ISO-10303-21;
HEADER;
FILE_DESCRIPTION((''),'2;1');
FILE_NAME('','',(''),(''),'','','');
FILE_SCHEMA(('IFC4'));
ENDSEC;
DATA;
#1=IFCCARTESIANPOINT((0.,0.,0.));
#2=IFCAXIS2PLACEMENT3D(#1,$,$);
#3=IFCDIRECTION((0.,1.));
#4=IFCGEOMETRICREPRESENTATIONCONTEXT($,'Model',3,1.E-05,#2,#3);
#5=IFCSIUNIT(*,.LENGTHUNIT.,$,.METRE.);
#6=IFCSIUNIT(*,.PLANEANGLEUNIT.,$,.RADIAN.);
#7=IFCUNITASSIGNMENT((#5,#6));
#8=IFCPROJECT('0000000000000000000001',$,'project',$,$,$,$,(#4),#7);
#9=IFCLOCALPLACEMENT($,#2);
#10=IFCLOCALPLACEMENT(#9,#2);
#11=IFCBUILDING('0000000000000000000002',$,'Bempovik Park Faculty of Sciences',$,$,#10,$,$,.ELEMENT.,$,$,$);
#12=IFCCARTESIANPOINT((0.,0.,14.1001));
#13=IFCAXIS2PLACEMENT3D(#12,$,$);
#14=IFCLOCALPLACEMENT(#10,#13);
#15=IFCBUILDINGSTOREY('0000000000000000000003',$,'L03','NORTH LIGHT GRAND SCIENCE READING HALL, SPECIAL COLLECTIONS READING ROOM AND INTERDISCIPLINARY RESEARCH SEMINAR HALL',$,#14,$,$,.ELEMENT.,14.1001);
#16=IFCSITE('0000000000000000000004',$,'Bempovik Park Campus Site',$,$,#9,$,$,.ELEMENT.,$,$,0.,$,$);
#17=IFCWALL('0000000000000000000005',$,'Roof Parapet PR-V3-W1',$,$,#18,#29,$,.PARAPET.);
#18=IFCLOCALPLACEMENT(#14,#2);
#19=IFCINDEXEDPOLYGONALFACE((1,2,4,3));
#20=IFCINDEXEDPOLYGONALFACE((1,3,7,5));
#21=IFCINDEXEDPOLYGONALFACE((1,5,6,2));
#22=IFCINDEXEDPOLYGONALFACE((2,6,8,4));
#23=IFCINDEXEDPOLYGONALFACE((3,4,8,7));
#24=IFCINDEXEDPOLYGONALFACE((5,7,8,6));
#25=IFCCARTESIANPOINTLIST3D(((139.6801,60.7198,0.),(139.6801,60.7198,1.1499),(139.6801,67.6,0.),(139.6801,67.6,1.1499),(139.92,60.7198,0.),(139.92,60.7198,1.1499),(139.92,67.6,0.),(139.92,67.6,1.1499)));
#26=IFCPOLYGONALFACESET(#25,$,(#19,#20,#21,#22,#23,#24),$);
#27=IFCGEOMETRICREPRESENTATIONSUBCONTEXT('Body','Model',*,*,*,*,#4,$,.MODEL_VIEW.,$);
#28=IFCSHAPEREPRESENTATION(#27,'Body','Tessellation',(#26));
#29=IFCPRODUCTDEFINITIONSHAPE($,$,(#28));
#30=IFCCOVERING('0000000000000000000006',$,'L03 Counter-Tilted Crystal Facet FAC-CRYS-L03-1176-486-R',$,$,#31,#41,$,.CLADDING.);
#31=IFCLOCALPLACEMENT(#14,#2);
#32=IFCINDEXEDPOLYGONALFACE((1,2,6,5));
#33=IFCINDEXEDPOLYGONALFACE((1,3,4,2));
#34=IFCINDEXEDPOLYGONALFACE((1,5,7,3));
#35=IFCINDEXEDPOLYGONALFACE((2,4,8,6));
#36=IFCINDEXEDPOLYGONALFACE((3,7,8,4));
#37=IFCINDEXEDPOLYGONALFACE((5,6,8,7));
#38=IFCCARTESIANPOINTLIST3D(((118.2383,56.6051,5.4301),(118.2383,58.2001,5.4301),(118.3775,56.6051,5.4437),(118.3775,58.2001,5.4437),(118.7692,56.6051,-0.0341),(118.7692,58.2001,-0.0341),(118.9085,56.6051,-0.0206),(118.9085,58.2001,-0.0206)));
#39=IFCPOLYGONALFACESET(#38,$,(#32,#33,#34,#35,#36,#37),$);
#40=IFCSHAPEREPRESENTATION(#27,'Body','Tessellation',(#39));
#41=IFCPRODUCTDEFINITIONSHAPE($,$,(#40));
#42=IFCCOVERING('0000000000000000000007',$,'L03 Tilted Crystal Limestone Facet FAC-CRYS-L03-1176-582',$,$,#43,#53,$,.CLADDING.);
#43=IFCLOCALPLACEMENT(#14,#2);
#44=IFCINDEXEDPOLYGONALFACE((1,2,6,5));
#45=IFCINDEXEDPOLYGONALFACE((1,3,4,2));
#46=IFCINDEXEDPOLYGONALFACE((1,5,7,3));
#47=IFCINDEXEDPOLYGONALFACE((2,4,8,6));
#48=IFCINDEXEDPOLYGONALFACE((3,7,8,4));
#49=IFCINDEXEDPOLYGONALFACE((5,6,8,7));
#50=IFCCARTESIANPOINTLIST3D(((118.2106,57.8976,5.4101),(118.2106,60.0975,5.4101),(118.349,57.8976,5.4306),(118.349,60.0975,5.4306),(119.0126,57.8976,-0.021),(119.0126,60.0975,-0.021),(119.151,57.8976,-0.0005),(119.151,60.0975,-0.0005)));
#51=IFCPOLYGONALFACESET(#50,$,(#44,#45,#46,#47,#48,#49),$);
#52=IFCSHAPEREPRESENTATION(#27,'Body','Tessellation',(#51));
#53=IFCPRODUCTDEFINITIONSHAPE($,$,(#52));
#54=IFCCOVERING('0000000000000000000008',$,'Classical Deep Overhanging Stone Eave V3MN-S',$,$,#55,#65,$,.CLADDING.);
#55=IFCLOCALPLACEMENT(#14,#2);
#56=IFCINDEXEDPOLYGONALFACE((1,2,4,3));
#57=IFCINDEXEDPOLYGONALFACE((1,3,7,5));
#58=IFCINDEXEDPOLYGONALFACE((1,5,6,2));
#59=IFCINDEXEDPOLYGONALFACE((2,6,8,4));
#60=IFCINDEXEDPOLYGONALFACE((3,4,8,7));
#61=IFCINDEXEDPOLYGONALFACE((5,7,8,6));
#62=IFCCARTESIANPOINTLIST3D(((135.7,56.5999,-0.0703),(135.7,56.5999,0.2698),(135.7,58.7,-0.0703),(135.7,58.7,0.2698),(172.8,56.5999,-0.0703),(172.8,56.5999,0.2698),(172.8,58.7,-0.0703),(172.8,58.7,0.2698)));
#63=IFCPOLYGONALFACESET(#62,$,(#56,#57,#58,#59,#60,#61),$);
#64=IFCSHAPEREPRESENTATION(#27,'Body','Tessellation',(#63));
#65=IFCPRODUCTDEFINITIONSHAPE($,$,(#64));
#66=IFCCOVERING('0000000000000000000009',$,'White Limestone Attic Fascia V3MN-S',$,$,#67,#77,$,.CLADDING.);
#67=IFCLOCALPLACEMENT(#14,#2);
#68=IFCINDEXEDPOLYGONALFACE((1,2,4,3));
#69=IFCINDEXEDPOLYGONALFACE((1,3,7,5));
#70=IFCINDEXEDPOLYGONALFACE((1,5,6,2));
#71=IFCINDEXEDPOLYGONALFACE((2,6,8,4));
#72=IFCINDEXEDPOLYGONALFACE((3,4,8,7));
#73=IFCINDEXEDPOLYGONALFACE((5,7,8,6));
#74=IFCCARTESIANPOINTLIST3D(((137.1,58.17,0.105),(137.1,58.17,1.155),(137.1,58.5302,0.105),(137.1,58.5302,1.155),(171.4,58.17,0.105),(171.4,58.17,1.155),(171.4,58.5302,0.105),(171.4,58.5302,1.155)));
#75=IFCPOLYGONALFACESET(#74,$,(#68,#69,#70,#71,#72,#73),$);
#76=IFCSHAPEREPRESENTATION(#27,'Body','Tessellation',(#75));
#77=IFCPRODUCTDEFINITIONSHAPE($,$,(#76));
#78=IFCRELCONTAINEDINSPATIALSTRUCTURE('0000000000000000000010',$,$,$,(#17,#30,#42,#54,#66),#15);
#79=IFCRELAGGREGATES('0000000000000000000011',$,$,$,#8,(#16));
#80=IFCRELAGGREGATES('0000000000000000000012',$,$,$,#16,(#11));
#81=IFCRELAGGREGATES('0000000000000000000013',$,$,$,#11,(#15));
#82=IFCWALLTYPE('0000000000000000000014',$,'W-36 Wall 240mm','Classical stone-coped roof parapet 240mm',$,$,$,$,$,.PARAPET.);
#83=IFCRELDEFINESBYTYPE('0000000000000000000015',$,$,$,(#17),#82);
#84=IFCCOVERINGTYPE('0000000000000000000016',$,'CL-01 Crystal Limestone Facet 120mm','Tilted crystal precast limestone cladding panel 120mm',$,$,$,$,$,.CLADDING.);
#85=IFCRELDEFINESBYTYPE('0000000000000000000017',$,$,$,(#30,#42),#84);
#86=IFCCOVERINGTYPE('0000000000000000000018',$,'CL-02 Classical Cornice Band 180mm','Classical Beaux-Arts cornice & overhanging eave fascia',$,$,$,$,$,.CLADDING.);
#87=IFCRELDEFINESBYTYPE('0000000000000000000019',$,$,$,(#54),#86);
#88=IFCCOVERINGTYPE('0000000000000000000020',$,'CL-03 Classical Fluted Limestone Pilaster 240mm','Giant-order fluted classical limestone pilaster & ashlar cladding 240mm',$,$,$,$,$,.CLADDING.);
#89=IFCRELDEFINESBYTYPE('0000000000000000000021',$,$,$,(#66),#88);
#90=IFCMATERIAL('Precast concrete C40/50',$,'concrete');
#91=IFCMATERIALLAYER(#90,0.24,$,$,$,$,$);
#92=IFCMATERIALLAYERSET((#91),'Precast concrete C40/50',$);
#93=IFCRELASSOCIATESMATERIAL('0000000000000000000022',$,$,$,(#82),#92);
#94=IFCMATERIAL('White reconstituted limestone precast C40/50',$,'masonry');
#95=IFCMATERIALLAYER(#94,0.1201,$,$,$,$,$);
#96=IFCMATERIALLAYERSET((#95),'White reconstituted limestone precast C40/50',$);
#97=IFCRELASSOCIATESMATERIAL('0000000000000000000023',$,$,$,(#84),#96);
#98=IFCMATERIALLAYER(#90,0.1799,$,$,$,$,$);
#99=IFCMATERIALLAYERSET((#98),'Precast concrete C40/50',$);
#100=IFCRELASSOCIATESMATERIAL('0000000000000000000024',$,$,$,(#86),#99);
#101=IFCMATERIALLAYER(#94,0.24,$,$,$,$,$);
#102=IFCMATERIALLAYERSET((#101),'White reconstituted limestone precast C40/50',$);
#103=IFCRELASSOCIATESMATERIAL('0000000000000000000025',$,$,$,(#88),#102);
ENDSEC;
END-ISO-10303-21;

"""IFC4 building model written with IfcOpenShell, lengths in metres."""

from ifc_helpers import new_model, si_unit, direction, frame, frame_2d, origin, origin_2d, place, context, subcontext, project, spatial, rectangle, extrude, material, layer, layer_set, type_object, element, save


model = new_model("IFC4")

# Units and contexts
model_context = context("Model", 3, precision=1e-05, world=origin(), true_north=direction((0.0, 1.0)))
body_context = subcontext(model_context, "Body", "Model", "MODEL_VIEW")
ifc_project = project(units=[si_unit("LENGTHUNIT", "METRE"), si_unit("PLANEANGLEUNIT", "RADIAN")], contexts=[model_context])

# Site, building, storey
site_placement = place(None, origin())
site = spatial("IfcSite", under=ifc_project, at=site_placement, Name="Bempovik Park Campus Site", CompositionType="ELEMENT", RefElevation=0.0)
building_placement = place(site_placement, origin())
building = spatial("IfcBuilding", under=site, at=building_placement, Name="Bempovik Park Faculty of Sciences", CompositionType="ELEMENT")
storey_placement = place(building_placement, frame((0.0, 0.0, 14.1001)))
storey = spatial("IfcBuildingStorey", under=building, at=storey_placement, Name="L03", Description="NORTH LIGHT GRAND SCIENCE READING HALL, SPECIAL COLLECTIONS READING ROOM AND INTERDISCIPLINARY RESEARCH SEMINAR HALL", CompositionType="ELEMENT", Elevation=14.1001)

# Wall
ifc_material_1 = material(Name="Precast concrete C40/50", Category="concrete")
ifc_layer_1 = layer(ifc_material_1, 0.24)
ifc_layer_set_1 = layer_set([ifc_layer_1], Name="Precast concrete C40/50")
wall_type = type_object("IfcWallType", Name="W-36 Wall 240mm", Description="Classical stone-coped roof parapet 240mm", PredefinedType="PARAPET", material=ifc_layer_set_1)
wall_1_placement = place(storey_placement, frame((139.8, 60.72, 0.0), z_axis=(0.0, 0.0, 1.0), x_axis=(0.0, 1.0, 0.0)))
element("IfcWall", 1, at=wall_1_placement, inside=storey, type_object=wall_type, Name="Roof Parapet PR-V3-W1", PredefinedType="PARAPET", context=body_context, shape_type="SweptSolid", body=[
    extrude(rectangle(XDim=6.8801, YDim=0.24, at=frame_2d((3.4399, 0.0))), origin(), (0.0, 0.0, 1.0), 1.1499),
])

# Coverings
ifc_material_2 = material(Name="White reconstituted limestone precast C40/50", Category="masonry")
ifc_layer_2 = layer(ifc_material_2, 0.1201)
ifc_layer_set_2 = layer_set([ifc_layer_2], Name="White reconstituted limestone precast C40/50")
covering_type_1 = type_object("IfcCoveringType", Name="CL-01 Crystal Limestone Facet 120mm", Description="Tilted crystal precast limestone cladding panel 120mm", PredefinedType="CLADDING", material=ifc_layer_set_2)
covering_1_placement = place(storey_placement, frame((118.8389, 57.4026, -0.0273), z_axis=(-0.096714, 0.0, 0.995312), x_axis=(0.0, 1.0, 0.0)))
element("IfcCovering", 2, at=covering_1_placement, inside=storey, type_object=covering_type_1, Name="L03 Counter-Tilted Crystal Facet FAC-CRYS-L03-1176-486-R", PredefinedType="CLADDING", context=body_context, shape_type="SweptSolid", body=[
    extrude(rectangle(XDim=1.595, YDim=0.1399, at=origin_2d()), origin(), (0.0, 0.0, 1.0), 5.49),
])
covering_2_placement = place(storey_placement, frame((119.0818, 58.9976, -0.0107), z_axis=(-0.146083, 0.0, 0.989272), x_axis=(0.0, 1.0, 0.0)))
element("IfcCovering", 3, at=covering_2_placement, inside=storey, type_object=covering_type_1, Name="L03 Tilted Crystal Limestone Facet FAC-CRYS-L03-1176-582", PredefinedType="CLADDING", context=body_context, shape_type="SweptSolid", body=[
    extrude(rectangle(XDim=2.2, YDim=0.1399, at=origin_2d()), origin(), (0.0, 0.0, 1.0), 5.49),
])
ifc_layer_3 = layer(ifc_material_1, 0.1799)
ifc_layer_set_3 = layer_set([ifc_layer_3], Name="Precast concrete C40/50")
covering_type_2 = type_object("IfcCoveringType", Name="CL-02 Classical Cornice Band 180mm", Description="Classical Beaux-Arts cornice & overhanging eave fascia", PredefinedType="CLADDING", material=ifc_layer_set_3)
covering_3_placement = place(storey_placement, frame((154.25, 57.6499, -0.0703), z_axis=(0.0, 0.0, 1.0), x_axis=(1.0, 0.0, 0.0)))
element("IfcCovering", 4, at=covering_3_placement, inside=storey, type_object=covering_type_2, Name="Classical Deep Overhanging Stone Eave V3MN-S", PredefinedType="CLADDING", context=body_context, shape_type="SweptSolid", body=[
    extrude(rectangle(XDim=37.1001, YDim=2.1001, at=origin_2d()), origin(), (0.0, 0.0, 1.0), 0.3401),
])
ifc_layer_4 = layer(ifc_material_2, 0.24)
ifc_layer_set_4 = layer_set([ifc_layer_4], Name="White reconstituted limestone precast C40/50")
covering_type_3 = type_object("IfcCoveringType", Name="CL-03 Classical Fluted Limestone Pilaster 240mm", Description="Giant-order fluted classical limestone pilaster & ashlar cladding 240mm", PredefinedType="CLADDING", material=ifc_layer_set_4)
covering_4_placement = place(storey_placement, frame((154.25, 58.3501, 0.105), z_axis=(0.0, 0.0, 1.0), x_axis=(1.0, 0.0, 0.0)))
element("IfcCovering", 5, at=covering_4_placement, inside=storey, type_object=covering_type_3, Name="White Limestone Attic Fascia V3MN-S", PredefinedType="CLADDING", context=body_context, shape_type="SweptSolid", body=[
    extrude(rectangle(XDim=34.3, YDim=0.3601, at=origin_2d()), origin(), (0.0, 0.0, 1.0), 1.05),
])

save(model, "model.ifc")
